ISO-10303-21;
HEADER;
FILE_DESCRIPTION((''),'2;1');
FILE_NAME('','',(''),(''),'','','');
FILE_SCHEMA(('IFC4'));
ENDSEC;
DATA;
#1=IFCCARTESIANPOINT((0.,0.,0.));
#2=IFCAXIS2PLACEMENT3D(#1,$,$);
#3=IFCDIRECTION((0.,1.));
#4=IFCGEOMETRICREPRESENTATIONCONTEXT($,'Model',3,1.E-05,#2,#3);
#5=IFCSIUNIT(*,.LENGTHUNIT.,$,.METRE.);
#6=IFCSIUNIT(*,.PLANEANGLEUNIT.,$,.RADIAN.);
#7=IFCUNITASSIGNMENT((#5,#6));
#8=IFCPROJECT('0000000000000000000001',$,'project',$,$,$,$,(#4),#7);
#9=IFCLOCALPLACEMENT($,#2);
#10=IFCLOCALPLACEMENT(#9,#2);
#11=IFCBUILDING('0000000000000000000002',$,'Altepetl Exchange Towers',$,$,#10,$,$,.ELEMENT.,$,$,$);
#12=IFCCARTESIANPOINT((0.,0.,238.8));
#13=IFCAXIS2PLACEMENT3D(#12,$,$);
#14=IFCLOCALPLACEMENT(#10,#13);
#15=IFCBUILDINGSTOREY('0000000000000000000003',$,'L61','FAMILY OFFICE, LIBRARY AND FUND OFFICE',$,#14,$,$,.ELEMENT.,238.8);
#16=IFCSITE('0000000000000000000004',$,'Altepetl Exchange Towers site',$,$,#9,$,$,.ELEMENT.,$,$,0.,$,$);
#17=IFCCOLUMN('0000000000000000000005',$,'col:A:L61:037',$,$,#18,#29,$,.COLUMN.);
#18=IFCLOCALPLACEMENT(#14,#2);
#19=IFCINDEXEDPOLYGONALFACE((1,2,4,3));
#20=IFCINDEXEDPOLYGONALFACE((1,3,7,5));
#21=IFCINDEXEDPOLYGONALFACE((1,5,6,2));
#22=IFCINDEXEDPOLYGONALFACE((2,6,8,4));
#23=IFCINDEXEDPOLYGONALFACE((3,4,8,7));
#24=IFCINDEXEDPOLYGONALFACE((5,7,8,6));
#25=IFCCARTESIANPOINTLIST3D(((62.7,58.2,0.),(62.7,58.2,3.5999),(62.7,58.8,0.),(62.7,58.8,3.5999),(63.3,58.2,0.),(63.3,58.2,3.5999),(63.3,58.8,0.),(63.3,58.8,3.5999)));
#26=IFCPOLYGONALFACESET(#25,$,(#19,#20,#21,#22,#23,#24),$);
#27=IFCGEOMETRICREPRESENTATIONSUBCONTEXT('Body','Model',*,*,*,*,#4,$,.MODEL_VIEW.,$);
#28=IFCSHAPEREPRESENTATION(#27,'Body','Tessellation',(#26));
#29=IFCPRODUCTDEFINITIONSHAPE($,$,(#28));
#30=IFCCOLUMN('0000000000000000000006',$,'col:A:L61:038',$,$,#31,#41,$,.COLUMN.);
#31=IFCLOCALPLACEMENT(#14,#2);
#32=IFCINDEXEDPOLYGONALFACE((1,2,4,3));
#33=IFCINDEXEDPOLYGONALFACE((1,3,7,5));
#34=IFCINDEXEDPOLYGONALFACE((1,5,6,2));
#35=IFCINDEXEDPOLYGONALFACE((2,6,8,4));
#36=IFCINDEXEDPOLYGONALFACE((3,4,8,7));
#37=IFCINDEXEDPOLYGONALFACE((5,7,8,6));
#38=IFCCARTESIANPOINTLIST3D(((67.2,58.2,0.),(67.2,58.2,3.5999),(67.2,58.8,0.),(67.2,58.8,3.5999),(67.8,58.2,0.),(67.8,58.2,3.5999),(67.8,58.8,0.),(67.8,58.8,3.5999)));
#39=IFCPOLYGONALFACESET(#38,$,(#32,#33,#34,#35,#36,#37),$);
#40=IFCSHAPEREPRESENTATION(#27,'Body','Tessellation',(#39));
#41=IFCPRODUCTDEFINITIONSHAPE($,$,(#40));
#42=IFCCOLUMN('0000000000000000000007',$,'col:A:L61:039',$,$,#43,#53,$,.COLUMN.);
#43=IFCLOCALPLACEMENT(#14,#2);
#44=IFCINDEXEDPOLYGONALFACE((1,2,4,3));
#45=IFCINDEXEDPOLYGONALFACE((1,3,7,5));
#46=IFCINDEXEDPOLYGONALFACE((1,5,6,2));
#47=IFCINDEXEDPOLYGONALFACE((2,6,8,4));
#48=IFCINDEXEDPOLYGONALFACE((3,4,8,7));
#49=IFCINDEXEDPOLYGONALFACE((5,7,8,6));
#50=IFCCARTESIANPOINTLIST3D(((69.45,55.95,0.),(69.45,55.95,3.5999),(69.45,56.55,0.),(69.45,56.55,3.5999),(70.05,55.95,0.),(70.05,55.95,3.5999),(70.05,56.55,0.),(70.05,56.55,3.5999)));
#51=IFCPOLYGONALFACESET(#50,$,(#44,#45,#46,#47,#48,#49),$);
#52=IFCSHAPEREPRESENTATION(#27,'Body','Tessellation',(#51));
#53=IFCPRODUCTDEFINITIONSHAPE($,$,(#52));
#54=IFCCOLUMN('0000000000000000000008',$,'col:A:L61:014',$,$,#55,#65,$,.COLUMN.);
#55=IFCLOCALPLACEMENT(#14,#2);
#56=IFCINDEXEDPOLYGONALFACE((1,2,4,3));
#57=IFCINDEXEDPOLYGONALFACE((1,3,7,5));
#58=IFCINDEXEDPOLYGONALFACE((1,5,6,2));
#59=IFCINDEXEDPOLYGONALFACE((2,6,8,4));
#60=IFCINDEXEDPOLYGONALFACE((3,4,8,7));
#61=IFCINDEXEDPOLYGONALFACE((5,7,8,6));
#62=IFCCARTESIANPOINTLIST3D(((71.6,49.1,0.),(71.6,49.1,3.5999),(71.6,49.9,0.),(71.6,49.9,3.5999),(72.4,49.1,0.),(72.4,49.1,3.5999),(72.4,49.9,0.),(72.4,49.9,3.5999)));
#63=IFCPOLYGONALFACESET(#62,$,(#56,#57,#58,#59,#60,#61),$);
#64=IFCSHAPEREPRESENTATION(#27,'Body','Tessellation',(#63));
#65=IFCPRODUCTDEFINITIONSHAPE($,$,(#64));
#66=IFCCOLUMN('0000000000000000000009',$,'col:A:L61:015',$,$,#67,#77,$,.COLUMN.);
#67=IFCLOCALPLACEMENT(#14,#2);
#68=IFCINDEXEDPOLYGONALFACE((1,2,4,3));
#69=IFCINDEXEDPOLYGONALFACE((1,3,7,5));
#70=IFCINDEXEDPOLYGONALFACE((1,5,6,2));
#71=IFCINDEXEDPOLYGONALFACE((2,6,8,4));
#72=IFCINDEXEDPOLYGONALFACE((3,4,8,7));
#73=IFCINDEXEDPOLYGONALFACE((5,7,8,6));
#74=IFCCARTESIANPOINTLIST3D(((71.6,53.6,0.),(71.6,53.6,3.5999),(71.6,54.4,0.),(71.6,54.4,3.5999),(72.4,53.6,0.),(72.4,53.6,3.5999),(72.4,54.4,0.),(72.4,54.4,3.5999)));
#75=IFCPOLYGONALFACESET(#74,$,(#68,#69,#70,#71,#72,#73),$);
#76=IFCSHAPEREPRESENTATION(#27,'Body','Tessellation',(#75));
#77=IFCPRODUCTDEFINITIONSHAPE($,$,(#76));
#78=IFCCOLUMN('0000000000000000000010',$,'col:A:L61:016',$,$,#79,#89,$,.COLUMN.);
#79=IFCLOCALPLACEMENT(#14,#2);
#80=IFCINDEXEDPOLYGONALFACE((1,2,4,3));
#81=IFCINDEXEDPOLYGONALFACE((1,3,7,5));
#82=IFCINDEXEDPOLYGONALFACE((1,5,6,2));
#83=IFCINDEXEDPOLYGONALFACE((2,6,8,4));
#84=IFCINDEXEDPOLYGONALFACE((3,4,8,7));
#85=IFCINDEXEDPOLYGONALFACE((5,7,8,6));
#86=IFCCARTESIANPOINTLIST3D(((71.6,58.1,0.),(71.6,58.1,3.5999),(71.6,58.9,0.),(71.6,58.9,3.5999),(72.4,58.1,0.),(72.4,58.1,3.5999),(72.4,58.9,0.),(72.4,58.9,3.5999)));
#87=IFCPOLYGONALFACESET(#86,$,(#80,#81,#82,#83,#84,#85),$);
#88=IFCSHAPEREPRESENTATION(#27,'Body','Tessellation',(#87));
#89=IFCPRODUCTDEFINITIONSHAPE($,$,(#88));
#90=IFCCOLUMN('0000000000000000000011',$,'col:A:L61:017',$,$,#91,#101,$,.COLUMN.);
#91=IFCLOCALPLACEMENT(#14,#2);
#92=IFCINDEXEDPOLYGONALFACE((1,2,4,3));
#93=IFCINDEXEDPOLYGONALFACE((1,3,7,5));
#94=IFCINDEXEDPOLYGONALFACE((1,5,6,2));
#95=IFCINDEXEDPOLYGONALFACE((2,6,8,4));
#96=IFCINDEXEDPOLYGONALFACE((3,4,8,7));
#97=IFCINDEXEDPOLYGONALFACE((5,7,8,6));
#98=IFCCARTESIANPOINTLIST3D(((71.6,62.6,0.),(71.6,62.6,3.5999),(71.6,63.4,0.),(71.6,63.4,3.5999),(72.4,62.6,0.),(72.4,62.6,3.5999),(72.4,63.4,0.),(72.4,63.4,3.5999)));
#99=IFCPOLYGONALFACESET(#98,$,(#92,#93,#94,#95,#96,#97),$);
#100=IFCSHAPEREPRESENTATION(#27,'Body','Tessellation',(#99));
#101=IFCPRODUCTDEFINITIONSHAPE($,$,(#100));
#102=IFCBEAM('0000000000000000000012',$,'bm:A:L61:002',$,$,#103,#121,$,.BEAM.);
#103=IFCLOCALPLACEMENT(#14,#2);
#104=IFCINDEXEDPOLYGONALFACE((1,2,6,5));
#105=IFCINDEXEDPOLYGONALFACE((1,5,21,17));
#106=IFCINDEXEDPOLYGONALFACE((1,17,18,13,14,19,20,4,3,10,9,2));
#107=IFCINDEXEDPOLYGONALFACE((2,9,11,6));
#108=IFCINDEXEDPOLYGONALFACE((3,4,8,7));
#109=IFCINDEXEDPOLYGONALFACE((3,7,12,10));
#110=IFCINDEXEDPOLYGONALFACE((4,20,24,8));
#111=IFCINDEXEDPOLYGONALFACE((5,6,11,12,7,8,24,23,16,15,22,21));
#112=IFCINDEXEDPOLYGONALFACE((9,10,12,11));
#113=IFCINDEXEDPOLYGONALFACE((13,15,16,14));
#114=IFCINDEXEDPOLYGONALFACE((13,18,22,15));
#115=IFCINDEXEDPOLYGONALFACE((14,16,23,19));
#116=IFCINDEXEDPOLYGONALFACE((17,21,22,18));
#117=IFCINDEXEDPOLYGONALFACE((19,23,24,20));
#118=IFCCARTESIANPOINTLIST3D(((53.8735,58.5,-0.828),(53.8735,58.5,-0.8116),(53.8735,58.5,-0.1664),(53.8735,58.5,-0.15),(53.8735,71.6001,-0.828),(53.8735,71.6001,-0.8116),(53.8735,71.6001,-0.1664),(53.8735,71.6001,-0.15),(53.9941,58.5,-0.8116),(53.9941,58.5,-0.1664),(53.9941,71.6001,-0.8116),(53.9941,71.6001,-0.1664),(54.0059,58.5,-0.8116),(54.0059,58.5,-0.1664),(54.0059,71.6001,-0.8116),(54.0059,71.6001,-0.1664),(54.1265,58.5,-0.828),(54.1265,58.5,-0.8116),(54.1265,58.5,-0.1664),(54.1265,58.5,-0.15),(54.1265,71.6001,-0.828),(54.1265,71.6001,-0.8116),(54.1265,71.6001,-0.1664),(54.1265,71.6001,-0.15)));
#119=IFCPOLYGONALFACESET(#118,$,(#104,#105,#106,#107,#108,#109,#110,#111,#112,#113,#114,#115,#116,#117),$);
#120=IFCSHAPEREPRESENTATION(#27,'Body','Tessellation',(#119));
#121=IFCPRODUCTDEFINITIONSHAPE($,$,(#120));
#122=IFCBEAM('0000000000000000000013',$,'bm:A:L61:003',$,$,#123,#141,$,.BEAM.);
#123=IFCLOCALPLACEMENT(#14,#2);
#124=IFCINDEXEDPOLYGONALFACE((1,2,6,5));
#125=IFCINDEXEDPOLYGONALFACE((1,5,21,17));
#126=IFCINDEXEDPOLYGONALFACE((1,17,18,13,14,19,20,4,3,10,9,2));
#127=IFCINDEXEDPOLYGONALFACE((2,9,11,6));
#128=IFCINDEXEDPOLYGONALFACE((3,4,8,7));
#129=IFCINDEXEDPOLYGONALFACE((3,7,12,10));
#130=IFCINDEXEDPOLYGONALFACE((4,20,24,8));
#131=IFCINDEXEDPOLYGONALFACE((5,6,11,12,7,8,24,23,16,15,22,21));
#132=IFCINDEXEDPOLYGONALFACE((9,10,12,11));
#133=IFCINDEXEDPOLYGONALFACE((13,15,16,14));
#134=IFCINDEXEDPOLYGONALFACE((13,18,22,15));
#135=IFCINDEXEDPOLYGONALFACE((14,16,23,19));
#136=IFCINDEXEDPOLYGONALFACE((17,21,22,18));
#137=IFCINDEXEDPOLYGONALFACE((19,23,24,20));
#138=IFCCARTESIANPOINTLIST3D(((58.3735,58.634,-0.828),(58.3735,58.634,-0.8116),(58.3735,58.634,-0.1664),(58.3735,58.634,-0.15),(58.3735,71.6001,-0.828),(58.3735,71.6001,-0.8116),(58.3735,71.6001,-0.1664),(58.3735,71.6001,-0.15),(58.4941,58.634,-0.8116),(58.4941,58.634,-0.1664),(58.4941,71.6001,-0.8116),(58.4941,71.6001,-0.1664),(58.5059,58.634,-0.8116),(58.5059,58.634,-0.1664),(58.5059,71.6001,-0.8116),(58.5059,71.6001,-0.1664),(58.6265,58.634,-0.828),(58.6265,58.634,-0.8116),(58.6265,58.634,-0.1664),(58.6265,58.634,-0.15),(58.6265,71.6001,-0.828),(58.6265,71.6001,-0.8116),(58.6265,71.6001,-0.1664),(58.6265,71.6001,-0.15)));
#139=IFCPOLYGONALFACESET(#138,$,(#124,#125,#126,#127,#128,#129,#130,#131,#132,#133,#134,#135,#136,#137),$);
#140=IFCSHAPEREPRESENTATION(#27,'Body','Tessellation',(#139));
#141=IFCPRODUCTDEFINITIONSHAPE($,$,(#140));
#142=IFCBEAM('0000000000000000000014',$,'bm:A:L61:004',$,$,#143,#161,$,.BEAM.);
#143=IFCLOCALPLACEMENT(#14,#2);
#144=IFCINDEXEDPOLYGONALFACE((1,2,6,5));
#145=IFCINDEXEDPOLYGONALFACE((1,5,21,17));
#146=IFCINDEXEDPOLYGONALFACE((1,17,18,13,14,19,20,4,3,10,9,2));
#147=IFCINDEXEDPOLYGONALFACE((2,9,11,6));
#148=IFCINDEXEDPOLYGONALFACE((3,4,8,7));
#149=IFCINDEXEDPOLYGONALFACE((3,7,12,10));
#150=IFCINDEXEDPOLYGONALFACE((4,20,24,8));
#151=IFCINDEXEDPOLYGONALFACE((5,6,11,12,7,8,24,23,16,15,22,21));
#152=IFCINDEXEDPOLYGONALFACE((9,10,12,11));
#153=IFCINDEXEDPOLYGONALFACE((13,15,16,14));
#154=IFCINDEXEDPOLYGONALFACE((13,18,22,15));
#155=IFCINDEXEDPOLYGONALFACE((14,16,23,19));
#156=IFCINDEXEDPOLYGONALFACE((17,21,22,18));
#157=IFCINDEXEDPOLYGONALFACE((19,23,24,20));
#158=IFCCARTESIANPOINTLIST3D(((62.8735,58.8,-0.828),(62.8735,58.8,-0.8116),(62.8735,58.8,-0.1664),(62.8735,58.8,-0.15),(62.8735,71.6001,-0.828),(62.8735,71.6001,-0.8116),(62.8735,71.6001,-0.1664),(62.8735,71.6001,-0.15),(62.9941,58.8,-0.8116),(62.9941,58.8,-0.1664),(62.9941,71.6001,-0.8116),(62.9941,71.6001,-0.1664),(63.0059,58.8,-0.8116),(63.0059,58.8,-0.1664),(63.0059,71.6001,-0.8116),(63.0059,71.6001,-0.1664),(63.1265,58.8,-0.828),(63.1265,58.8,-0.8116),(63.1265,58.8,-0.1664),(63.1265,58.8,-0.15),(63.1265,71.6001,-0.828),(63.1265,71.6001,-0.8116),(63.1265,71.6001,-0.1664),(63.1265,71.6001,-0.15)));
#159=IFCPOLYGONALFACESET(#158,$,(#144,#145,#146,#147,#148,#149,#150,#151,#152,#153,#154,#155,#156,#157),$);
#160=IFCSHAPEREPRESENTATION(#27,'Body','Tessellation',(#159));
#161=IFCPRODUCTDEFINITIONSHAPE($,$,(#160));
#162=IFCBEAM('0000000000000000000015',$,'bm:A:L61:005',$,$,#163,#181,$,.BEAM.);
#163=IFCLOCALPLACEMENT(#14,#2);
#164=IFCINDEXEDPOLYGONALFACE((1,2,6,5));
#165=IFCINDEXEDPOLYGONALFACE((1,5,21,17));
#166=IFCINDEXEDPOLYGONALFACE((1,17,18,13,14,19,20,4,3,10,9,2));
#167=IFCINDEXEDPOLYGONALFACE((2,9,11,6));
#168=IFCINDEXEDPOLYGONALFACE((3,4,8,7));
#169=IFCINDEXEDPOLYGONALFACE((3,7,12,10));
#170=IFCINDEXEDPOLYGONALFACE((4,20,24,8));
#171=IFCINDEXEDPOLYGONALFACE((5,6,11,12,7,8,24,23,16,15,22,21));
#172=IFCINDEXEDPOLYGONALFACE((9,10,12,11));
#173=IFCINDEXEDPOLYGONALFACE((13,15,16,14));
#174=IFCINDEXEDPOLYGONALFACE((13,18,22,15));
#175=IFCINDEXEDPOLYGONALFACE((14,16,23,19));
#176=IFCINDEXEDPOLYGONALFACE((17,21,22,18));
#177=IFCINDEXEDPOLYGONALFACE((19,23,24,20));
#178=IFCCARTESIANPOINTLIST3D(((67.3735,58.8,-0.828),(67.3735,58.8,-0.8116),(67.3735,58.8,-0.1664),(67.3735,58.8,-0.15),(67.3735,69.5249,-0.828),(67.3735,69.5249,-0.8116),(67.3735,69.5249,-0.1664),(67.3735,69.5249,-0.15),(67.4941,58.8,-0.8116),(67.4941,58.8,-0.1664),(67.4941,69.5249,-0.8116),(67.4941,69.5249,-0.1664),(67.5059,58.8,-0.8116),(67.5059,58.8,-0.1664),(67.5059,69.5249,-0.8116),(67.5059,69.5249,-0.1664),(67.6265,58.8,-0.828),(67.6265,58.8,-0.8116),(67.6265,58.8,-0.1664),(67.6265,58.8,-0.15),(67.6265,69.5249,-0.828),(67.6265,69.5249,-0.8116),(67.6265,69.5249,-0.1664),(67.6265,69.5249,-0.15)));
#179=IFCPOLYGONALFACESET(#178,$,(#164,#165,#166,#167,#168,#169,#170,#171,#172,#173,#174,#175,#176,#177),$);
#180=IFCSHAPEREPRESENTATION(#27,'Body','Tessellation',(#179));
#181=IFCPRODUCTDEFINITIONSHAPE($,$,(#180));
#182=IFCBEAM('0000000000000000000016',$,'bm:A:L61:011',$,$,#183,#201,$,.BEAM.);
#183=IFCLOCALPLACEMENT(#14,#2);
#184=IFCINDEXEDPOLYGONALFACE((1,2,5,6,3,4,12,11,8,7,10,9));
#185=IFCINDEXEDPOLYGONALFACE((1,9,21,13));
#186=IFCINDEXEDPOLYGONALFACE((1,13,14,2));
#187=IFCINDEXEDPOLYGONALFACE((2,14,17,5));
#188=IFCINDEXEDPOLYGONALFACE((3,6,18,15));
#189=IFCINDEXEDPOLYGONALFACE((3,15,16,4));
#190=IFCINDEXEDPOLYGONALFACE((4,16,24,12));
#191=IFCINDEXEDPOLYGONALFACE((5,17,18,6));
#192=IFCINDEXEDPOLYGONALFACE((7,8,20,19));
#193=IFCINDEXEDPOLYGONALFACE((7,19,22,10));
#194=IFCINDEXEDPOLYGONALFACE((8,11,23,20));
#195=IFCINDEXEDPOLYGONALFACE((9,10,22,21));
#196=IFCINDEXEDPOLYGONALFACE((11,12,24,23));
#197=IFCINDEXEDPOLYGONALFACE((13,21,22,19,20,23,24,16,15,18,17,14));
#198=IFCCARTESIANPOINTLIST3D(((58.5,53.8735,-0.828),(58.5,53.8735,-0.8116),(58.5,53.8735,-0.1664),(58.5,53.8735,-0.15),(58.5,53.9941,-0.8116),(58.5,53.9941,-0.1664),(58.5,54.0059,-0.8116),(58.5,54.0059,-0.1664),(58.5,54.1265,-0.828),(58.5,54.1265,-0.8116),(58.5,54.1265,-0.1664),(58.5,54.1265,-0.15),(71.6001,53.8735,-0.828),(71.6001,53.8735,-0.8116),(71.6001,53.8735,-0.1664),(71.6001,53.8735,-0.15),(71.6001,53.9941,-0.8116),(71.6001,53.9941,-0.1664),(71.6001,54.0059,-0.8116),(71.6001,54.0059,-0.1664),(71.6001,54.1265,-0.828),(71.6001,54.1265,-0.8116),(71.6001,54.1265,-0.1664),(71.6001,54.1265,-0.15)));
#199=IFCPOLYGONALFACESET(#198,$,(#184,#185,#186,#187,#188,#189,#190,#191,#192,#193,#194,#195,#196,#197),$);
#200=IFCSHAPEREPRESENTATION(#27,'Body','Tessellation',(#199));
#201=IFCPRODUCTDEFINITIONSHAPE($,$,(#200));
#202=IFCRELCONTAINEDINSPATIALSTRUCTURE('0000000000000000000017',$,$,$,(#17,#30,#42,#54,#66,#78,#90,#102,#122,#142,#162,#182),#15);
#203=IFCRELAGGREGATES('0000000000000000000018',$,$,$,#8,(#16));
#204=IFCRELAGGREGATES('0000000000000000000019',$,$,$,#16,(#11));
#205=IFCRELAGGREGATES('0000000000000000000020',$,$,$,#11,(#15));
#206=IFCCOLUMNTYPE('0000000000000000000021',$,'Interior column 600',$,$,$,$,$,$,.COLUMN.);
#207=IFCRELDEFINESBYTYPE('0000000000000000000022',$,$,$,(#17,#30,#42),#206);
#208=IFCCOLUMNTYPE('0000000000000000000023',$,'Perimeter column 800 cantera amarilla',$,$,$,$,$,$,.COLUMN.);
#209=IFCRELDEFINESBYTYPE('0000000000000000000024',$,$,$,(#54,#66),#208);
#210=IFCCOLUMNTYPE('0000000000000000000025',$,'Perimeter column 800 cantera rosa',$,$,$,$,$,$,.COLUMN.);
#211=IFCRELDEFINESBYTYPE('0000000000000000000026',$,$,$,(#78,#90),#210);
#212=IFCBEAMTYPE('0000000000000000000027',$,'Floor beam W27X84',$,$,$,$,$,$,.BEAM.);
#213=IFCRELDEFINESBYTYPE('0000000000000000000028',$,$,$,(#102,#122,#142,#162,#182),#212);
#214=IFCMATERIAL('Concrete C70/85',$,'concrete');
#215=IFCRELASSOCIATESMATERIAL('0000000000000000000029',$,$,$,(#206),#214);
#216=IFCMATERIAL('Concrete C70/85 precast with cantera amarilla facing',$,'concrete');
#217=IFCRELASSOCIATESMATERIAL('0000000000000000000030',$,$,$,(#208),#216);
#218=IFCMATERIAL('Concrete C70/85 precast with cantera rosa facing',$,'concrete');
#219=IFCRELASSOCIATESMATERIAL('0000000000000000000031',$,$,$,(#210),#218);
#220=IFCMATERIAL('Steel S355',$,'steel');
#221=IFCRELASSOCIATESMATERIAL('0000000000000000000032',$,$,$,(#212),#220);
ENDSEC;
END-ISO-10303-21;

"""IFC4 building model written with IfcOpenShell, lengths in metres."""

from ifc_helpers import new_model, si_unit, direction, frame, origin, origin_2d, place, context, subcontext, project, spatial, rectangle, i_section, extrude, material, material_profile, profile_set, type_object, element, save


model = new_model("IFC4")

# Units and contexts
model_context = context("Model", 3, precision=1e-05, world=origin(), true_north=direction((0.0, 1.0)))
body_context = subcontext(model_context, "Body", "Model", "MODEL_VIEW")
ifc_project = project(units=[si_unit("LENGTHUNIT", "METRE"), si_unit("PLANEANGLEUNIT", "RADIAN")], contexts=[model_context])

# Site, building, storey
site_placement = place(None, origin())
site = spatial("IfcSite", under=ifc_project, at=site_placement, Name="Altepetl Exchange Towers site", CompositionType="ELEMENT", RefElevation=0.0)
building_placement = place(site_placement, origin())
building = spatial("IfcBuilding", under=site, at=building_placement, Name="Altepetl Exchange Towers", CompositionType="ELEMENT")
storey_placement = place(building_placement, frame((0.0, 0.0, 238.8)))
storey = spatial("IfcBuildingStorey", under=building, at=storey_placement, Name="L61", Description="FAMILY OFFICE, LIBRARY AND FUND OFFICE", CompositionType="ELEMENT", Elevation=238.8)

# Columns
ifc_material_1 = material(Name="Concrete C70/85", Category="concrete")
ifc_material_profile_1 = material_profile(ifc_material_1, rectangle(XDim=0.6001, YDim=0.6001, at=origin_2d()), Name="600 x 600")
ifc_profile_set_1 = profile_set([ifc_material_profile_1], Name="Concrete C70/85")
column_type_1 = type_object("IfcColumnType", Name="Interior column 600", PredefinedType="COLUMN", material=ifc_profile_set_1)
for number, where, name in (
    (1, (63.0, 58.5, 0.0), "col:A:L61:037"),
    (2, (67.5, 58.5, 0.0), "col:A:L61:038"),
    (3, (69.75, 56.25, 0.0), "col:A:L61:039"),
):
    element("IfcColumn", number, at=place(storey_placement, frame(where)), inside=storey, type_object=column_type_1, Name=name, PredefinedType="COLUMN", context=body_context, shape_type="SweptSolid", body=[
        extrude(rectangle(XDim=0.6001, YDim=0.6001, at=origin_2d()), origin(), (0.0, 0.0, 1.0), 3.5999),
    ])
ifc_material_2 = material(Name="Concrete C70/85 precast with cantera amarilla facing", Category="concrete")
ifc_material_profile_2 = material_profile(ifc_material_2, rectangle(XDim=0.8, YDim=0.8, at=origin_2d()), Name="800 x 800")
ifc_profile_set_2 = profile_set([ifc_material_profile_2], Name="Concrete C70/85 precast with cantera amarilla facing")
column_type_2 = type_object("IfcColumnType", Name="Perimeter column 800 cantera amarilla", PredefinedType="COLUMN", material=ifc_profile_set_2)
for number, where, name in (
    (4, (72.0, 49.5, 0.0), "col:A:L61:014"),
    (5, (72.0, 54.0, 0.0), "col:A:L61:015"),
):
    element("IfcColumn", number, at=place(storey_placement, frame(where)), inside=storey, type_object=column_type_2, Name=name, PredefinedType="COLUMN", context=body_context, shape_type="SweptSolid", body=[
        extrude(rectangle(XDim=0.8, YDim=0.8, at=origin_2d()), origin(), (0.0, 0.0, 1.0), 3.5999),
    ])
ifc_material_3 = material(Name="Concrete C70/85 precast with cantera rosa facing", Category="concrete")
ifc_material_profile_3 = material_profile(ifc_material_3, rectangle(XDim=0.8, YDim=0.8, at=origin_2d()), Name="800 x 800")
ifc_profile_set_3 = profile_set([ifc_material_profile_3], Name="Concrete C70/85 precast with cantera rosa facing")
column_type_3 = type_object("IfcColumnType", Name="Perimeter column 800 cantera rosa", PredefinedType="COLUMN", material=ifc_profile_set_3)
for number, where, name in (
    (6, (72.0, 58.5, 0.0), "col:A:L61:016"),
    (7, (72.0, 63.0, 0.0), "col:A:L61:017"),
):
    element("IfcColumn", number, at=place(storey_placement, frame(where)), inside=storey, type_object=column_type_3, Name=name, PredefinedType="COLUMN", context=body_context, shape_type="SweptSolid", body=[
        extrude(rectangle(XDim=0.8, YDim=0.8, at=origin_2d()), origin(), (0.0, 0.0, 1.0), 3.5999),
    ])

# Beams
ifc_material_4 = material(Name="Steel S355", Category="steel")
ifc_material_profile_4 = material_profile(ifc_material_4, i_section(OverallWidth=0.2529, OverallDepth=0.678, WebThickness=0.0117, FlangeThickness=0.0164, at=origin_2d()), Name="W27X84")
ifc_profile_set_4 = profile_set([ifc_material_profile_4], Name="Steel S355")
beam_type_1 = type_object("IfcBeamType", Name="Floor beam W27X84", PredefinedType="BEAM", material=ifc_profile_set_4)
beam_1_placement = place(storey_placement, frame((54.0, 58.5, -0.489), z_axis=(0.0, 1.0, 0.0), x_axis=(-1.0, 0.0, 0.0)))
element("IfcBeam", 8, at=beam_1_placement, inside=storey, type_object=beam_type_1, Name="bm:A:L61:002", PredefinedType="BEAM", context=body_context, shape_type="SweptSolid", body=[
    extrude(i_section(OverallWidth=0.2529, OverallDepth=0.678, WebThickness=0.0117, FlangeThickness=0.0164, at=origin_2d()), origin(), (0.0, 0.0, 1.0), 13.1001),
])
beam_2_placement = place(storey_placement, frame((58.5, 58.634, -0.489), z_axis=(0.0, 1.0, 0.0), x_axis=(-1.0, 0.0, 0.0)))
element("IfcBeam", 9, at=beam_2_placement, inside=storey, type_object=beam_type_1, Name="bm:A:L61:003", PredefinedType="BEAM", context=body_context, shape_type="SweptSolid", body=[
    extrude(i_section(OverallWidth=0.2529, OverallDepth=0.678, WebThickness=0.0117, FlangeThickness=0.0164, at=origin_2d()), origin(), (0.0, 0.0, 1.0), 12.9661),
])
beam_3_placement = place(storey_placement, frame((63.0, 58.8, -0.489), z_axis=(0.0, 1.0, 0.0), x_axis=(-1.0, 0.0, 0.0)))
element("IfcBeam", 10, at=beam_3_placement, inside=storey, type_object=beam_type_1, Name="bm:A:L61:004", PredefinedType="BEAM", context=body_context, shape_type="SweptSolid", body=[
    extrude(i_section(OverallWidth=0.2529, OverallDepth=0.678, WebThickness=0.0117, FlangeThickness=0.0164, at=origin_2d()), origin(), (0.0, 0.0, 1.0), 12.8),
])
beam_4_placement = place(storey_placement, frame((67.5, 58.8, -0.489), z_axis=(0.0, 1.0, 0.0), x_axis=(-1.0, 0.0, 0.0)))
element("IfcBeam", 11, at=beam_4_placement, inside=storey, type_object=beam_type_1, Name="bm:A:L61:005", PredefinedType="BEAM", context=body_context, shape_type="SweptSolid", body=[
    extrude(i_section(OverallWidth=0.2529, OverallDepth=0.678, WebThickness=0.0117, FlangeThickness=0.0164, at=origin_2d()), origin(), (0.0, 0.0, 1.0), 10.7249),
])
beam_5_placement = place(storey_placement, frame((58.5, 54.0, -0.489), z_axis=(1.0, 0.0, 0.0), x_axis=(0.0, 1.0, 0.0)))
element("IfcBeam", 12, at=beam_5_placement, inside=storey, type_object=beam_type_1, Name="bm:A:L61:011", PredefinedType="BEAM", context=body_context, shape_type="SweptSolid", body=[
    extrude(i_section(OverallWidth=0.2529, OverallDepth=0.678, WebThickness=0.0117, FlangeThickness=0.0164, at=origin_2d()), origin(), (0.0, 0.0, 1.0), 13.1001),
])

save(model, "model.ifc")
